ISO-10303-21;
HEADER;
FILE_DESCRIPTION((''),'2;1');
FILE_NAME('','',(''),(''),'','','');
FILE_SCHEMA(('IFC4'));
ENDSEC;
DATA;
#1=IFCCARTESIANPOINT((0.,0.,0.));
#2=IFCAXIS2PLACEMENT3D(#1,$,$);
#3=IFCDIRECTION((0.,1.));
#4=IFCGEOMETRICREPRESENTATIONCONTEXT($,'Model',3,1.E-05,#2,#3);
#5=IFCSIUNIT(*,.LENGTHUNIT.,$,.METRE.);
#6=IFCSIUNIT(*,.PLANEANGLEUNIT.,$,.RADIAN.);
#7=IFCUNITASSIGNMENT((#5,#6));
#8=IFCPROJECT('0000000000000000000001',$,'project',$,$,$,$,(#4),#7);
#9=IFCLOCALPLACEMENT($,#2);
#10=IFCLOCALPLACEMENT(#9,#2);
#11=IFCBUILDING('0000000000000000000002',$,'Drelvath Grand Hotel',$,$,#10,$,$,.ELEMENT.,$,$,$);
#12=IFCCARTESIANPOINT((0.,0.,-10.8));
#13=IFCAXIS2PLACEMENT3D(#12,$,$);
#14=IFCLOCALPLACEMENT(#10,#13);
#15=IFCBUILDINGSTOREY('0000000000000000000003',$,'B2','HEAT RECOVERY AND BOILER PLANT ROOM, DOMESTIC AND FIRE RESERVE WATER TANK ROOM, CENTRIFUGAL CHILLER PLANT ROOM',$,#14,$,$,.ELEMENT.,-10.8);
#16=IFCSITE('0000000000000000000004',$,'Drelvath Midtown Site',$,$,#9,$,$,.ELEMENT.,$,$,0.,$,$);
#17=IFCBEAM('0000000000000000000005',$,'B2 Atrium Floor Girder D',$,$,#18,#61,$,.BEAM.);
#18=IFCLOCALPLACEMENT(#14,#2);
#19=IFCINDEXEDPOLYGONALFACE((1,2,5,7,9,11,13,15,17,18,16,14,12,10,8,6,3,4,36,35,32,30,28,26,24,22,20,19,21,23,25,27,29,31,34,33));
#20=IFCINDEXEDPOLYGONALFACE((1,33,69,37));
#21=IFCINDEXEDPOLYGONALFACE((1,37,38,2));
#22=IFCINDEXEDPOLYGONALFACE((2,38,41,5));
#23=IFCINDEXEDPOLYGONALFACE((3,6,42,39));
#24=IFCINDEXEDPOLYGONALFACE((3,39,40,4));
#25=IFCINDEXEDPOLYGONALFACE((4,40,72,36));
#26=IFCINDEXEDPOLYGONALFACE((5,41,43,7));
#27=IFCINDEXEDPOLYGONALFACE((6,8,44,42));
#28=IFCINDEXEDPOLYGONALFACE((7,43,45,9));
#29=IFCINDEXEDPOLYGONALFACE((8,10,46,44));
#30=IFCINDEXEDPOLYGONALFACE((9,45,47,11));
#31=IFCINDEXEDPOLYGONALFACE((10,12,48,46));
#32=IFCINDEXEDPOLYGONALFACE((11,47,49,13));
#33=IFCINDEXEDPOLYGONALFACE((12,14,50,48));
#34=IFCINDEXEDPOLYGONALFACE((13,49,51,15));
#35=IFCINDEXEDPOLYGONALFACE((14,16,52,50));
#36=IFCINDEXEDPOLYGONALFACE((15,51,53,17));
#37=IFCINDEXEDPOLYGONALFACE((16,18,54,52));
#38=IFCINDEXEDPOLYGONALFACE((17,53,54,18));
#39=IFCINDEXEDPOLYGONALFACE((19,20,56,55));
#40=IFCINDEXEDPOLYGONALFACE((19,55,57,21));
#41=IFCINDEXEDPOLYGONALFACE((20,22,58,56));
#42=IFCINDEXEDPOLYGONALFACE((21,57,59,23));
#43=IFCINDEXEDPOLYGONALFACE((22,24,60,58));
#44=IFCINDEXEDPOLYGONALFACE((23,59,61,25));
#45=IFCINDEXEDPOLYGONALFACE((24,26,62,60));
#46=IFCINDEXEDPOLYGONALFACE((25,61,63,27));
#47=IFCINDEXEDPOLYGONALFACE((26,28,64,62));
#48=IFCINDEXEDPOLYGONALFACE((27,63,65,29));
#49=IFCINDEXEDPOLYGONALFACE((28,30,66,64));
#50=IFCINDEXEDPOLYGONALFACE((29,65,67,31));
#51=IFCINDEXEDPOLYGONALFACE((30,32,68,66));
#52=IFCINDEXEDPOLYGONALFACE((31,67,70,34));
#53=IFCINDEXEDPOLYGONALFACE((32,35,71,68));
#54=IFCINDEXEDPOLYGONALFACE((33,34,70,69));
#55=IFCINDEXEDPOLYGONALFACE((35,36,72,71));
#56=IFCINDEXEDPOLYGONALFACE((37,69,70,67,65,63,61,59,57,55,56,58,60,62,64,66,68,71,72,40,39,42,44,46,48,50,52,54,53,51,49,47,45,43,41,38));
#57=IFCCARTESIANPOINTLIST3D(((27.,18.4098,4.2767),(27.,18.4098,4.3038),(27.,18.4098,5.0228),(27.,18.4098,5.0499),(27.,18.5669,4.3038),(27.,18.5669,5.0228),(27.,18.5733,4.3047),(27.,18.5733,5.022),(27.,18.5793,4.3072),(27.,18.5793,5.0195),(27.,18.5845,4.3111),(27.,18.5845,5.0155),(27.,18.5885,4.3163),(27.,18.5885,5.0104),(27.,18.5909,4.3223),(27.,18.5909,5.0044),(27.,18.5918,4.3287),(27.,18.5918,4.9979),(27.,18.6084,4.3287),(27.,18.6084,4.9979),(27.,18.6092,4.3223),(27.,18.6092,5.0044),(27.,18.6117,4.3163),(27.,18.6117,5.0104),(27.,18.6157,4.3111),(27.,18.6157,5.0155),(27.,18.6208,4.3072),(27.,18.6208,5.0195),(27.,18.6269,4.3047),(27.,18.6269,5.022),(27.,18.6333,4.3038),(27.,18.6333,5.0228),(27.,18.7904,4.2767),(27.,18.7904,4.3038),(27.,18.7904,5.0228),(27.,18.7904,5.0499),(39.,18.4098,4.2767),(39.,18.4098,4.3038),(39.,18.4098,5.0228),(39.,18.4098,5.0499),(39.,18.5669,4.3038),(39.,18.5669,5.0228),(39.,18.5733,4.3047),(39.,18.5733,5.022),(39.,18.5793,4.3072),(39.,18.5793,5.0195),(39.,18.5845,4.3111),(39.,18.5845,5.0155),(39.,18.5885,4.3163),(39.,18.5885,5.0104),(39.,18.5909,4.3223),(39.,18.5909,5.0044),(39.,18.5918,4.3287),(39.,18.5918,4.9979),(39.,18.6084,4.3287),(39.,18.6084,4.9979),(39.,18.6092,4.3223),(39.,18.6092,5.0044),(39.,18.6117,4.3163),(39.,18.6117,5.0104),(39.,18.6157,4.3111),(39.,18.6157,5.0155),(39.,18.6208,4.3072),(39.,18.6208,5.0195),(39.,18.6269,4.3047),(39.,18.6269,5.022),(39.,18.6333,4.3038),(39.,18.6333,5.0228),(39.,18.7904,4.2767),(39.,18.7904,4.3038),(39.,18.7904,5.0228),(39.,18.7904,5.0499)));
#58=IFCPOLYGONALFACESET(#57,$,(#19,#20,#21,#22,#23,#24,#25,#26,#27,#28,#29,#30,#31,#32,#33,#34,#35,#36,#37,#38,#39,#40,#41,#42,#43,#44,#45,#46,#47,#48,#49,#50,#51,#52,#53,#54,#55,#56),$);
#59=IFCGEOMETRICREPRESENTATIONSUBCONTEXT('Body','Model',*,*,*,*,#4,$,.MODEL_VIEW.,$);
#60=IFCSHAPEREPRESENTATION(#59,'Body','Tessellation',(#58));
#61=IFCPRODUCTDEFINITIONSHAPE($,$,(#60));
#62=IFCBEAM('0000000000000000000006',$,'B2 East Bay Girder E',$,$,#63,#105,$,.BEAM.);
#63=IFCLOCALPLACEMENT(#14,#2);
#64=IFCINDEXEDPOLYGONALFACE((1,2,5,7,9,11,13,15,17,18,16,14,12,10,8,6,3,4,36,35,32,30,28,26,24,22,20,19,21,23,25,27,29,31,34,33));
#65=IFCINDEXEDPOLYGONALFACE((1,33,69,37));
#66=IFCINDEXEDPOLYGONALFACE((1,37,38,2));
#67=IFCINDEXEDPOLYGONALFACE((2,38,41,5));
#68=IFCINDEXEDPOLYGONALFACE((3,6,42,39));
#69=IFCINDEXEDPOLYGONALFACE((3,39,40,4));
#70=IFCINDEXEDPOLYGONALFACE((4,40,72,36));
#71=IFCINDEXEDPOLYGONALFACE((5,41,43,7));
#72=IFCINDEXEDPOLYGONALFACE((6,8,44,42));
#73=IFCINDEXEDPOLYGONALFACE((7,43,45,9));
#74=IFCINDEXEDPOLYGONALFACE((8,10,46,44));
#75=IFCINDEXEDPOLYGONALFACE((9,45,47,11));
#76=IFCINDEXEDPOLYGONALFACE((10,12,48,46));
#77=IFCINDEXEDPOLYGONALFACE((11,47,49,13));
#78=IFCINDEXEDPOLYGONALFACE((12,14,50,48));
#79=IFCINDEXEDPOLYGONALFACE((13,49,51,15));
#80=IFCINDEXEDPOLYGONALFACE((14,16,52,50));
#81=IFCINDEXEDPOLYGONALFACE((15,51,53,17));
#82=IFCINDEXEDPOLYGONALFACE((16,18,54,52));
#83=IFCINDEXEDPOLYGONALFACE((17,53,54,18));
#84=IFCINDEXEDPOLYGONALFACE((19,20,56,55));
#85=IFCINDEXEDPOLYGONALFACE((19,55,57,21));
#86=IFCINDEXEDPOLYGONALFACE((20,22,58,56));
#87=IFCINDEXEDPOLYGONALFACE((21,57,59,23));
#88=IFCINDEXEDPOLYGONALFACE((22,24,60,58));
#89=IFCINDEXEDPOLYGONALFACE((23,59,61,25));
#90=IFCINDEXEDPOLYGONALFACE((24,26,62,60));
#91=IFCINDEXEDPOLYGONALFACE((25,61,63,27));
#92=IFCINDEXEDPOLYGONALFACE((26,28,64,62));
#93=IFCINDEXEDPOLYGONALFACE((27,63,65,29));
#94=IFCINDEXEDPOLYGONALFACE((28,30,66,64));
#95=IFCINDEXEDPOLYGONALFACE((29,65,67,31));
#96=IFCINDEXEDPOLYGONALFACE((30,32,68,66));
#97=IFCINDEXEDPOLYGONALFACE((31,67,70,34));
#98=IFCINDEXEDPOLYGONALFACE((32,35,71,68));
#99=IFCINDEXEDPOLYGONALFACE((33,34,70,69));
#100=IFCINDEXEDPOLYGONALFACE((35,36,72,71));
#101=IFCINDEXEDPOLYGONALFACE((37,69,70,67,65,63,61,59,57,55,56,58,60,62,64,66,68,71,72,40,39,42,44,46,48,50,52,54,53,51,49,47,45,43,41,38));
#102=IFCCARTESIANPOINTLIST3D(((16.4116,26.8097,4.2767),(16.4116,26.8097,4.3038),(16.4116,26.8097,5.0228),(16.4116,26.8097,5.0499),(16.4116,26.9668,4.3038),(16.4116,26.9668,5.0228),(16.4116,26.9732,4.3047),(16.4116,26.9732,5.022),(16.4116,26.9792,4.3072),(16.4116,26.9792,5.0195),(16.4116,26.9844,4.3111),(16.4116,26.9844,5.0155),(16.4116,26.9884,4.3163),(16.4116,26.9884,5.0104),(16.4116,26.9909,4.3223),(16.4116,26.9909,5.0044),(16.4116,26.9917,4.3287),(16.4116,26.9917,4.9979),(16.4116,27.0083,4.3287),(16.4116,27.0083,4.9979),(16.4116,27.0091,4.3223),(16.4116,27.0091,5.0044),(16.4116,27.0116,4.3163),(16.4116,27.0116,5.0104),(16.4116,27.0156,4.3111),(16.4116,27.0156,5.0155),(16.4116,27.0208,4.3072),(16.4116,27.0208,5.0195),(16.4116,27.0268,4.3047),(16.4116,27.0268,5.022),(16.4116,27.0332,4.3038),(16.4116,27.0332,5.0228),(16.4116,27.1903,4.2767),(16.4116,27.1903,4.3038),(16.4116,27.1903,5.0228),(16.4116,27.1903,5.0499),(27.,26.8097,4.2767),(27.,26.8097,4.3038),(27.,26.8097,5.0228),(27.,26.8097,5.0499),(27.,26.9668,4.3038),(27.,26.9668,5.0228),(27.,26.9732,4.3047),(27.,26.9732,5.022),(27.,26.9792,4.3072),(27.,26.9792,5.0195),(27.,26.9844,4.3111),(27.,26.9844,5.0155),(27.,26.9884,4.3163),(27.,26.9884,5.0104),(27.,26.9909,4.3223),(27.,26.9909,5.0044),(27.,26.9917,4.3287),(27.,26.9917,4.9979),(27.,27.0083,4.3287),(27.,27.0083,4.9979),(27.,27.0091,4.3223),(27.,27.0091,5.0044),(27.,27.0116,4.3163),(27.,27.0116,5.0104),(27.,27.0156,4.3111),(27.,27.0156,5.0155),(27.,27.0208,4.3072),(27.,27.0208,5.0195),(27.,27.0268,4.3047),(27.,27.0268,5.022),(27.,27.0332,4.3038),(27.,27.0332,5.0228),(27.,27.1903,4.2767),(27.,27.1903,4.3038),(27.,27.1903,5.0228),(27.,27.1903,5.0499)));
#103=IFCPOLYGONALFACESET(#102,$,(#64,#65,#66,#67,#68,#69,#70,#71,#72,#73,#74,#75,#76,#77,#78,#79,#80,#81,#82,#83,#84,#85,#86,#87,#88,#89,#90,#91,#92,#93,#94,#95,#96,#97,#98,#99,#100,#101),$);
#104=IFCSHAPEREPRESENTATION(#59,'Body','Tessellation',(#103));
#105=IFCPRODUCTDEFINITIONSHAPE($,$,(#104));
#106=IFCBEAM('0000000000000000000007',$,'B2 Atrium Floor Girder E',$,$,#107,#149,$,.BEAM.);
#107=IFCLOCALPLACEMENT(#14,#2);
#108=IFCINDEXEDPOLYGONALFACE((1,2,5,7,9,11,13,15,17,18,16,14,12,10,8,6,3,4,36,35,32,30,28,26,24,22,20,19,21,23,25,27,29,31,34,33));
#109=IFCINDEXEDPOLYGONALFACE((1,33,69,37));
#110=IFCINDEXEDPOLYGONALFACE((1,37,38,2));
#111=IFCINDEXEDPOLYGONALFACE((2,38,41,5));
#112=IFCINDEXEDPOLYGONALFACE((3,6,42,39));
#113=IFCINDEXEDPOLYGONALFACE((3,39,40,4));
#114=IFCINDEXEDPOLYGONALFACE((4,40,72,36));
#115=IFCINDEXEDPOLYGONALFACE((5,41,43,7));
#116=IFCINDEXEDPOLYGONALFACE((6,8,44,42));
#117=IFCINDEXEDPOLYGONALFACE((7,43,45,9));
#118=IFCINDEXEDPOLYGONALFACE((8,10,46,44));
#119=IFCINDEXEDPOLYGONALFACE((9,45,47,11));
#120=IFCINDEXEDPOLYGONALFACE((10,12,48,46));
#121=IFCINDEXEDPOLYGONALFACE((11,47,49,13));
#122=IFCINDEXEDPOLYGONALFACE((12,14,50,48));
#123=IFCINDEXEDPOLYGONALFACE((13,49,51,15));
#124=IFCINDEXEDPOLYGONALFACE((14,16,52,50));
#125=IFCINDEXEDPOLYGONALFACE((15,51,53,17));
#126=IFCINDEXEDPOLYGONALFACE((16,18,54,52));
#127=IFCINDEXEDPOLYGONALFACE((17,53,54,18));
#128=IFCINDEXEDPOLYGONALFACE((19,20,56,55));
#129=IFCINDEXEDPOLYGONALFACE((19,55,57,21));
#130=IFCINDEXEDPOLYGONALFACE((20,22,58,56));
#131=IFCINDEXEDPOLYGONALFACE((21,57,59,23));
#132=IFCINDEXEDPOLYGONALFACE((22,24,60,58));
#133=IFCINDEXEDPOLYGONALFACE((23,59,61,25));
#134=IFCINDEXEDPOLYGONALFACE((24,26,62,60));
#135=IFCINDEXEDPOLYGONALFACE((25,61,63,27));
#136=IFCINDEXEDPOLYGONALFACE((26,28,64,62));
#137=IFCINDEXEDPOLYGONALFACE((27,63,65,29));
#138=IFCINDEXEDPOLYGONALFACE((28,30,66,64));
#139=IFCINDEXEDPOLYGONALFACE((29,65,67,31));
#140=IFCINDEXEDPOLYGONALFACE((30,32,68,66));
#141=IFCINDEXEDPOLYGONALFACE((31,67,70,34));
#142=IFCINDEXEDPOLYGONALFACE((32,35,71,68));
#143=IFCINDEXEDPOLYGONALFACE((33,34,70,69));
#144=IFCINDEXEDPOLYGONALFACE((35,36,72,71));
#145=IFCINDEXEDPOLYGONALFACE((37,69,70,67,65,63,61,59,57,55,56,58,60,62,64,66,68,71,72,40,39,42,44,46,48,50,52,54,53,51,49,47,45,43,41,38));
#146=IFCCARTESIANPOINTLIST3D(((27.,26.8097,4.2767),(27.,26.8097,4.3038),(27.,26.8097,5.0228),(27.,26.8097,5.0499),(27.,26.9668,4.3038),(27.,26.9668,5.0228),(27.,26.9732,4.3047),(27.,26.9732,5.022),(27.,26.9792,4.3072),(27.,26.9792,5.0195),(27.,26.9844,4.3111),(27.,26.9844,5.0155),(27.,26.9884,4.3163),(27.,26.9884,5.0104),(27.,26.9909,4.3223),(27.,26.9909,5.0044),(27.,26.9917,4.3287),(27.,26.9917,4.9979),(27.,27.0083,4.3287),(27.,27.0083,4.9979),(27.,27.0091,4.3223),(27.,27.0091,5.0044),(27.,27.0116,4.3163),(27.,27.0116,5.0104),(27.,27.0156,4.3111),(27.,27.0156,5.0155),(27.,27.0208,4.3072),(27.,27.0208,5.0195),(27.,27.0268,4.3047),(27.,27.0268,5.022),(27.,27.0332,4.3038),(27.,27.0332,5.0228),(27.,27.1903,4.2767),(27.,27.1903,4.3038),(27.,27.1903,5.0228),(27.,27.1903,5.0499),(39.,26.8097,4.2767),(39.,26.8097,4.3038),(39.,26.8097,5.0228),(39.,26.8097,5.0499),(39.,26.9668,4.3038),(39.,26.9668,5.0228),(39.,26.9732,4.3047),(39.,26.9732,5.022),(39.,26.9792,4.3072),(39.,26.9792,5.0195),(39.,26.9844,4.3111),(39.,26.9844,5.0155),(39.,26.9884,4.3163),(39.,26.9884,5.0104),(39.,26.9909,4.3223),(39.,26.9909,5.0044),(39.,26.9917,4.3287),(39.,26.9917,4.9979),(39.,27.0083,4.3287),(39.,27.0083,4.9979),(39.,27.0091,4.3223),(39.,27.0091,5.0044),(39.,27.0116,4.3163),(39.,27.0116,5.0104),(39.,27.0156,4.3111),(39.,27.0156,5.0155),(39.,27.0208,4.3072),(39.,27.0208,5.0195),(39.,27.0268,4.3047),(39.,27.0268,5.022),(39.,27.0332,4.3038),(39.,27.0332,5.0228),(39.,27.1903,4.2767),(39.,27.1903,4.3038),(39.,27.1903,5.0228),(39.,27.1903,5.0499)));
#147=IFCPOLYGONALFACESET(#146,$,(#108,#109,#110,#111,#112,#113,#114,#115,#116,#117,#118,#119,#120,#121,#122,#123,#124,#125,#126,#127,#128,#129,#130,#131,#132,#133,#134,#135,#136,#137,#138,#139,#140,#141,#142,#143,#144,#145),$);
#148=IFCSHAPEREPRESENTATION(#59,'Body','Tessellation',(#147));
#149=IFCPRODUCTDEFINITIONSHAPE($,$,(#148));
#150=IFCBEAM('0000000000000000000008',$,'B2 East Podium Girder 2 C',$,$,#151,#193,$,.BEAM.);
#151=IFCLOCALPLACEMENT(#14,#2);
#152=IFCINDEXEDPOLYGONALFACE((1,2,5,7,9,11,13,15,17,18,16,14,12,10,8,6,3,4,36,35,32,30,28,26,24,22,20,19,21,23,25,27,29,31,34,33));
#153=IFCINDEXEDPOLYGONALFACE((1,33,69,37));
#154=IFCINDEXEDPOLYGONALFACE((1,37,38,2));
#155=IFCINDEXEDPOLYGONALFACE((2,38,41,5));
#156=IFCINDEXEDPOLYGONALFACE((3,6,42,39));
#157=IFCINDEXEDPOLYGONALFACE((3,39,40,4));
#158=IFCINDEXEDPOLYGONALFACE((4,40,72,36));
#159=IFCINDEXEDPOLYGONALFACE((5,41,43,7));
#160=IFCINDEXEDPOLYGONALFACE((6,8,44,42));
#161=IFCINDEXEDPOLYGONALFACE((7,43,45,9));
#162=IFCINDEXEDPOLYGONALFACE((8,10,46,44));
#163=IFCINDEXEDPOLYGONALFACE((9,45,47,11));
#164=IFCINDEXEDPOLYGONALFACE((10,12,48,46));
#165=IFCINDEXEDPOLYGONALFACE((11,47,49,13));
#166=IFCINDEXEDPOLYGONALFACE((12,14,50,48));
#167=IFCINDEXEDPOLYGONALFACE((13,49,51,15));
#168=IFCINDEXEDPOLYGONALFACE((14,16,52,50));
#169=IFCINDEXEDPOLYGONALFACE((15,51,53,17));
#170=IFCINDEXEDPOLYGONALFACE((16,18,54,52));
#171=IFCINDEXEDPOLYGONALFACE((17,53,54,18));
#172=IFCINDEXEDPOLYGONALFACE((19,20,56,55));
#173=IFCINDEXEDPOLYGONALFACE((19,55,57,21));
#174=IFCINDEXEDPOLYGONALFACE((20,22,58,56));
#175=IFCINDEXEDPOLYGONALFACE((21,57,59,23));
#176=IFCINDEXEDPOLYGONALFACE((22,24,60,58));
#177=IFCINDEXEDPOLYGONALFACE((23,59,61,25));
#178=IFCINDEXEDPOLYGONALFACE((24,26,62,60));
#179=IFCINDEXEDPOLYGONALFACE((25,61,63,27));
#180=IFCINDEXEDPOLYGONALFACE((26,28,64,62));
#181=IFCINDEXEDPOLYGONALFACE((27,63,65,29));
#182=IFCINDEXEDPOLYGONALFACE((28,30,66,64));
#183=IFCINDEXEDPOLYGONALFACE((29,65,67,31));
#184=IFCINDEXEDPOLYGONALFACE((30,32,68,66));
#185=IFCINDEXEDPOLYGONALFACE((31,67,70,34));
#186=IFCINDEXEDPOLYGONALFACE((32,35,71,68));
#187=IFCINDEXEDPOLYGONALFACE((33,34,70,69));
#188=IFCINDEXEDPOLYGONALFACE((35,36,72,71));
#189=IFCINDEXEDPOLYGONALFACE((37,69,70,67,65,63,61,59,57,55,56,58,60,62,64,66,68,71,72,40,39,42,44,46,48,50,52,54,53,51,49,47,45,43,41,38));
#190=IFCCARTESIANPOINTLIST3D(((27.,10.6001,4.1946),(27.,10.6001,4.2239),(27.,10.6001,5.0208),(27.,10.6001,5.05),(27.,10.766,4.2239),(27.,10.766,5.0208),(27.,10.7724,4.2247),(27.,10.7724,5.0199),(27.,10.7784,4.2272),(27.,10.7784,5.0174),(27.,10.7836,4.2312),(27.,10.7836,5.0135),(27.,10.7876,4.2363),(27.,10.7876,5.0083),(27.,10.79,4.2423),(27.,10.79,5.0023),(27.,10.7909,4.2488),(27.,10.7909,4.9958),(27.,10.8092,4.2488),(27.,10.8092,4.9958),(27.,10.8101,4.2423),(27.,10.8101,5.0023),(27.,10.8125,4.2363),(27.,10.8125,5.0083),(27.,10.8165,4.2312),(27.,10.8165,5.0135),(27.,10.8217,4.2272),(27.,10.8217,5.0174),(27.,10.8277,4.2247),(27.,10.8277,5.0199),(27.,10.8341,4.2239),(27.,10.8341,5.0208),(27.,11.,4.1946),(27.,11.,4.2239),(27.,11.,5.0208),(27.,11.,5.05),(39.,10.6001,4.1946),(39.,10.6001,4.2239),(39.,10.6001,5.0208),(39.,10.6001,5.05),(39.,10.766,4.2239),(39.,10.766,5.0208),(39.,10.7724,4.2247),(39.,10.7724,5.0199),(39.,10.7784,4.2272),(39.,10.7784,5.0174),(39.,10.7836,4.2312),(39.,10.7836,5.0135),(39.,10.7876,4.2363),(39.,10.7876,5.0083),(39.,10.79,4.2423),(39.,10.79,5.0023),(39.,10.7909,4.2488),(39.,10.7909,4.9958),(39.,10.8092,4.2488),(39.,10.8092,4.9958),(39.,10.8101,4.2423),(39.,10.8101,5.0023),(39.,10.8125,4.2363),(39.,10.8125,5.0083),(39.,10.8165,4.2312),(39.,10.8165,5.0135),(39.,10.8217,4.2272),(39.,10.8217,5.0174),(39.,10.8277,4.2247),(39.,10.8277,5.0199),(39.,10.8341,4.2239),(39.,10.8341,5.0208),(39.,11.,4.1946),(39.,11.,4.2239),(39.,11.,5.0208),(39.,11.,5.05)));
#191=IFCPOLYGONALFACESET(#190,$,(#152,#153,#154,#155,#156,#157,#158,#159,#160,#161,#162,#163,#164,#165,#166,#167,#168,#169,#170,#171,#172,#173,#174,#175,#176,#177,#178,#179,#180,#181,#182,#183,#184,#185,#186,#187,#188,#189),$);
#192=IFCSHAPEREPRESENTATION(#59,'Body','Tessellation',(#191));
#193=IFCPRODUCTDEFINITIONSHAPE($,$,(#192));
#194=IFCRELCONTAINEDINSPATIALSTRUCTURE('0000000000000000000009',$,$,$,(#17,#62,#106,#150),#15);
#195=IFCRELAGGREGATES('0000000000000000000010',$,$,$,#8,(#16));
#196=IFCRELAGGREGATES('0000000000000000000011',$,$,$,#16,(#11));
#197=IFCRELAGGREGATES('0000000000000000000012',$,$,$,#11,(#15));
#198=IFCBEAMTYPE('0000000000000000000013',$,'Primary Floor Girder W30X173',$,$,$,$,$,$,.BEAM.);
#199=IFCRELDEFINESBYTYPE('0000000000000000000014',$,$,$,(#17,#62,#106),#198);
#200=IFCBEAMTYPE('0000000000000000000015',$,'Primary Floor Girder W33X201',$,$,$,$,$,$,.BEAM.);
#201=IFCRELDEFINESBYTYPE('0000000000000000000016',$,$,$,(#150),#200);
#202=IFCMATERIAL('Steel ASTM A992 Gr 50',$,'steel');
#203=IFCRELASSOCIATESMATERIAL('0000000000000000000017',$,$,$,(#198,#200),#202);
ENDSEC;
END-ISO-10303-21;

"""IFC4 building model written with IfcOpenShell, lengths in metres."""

from ifc_helpers import new_model, si_unit, direction, frame, origin, origin_2d, place, context, subcontext, project, spatial, i_section, extrude, material, material_profile, profile_set, type_object, element, save


model = new_model("IFC4")

# Units and contexts
model_context = context("Model", 3, precision=1e-05, world=origin(), true_north=direction((0.0, 1.0)))
body_context = subcontext(model_context, "Body", "Model", "MODEL_VIEW")
ifc_project = project(units=[si_unit("LENGTHUNIT", "METRE"), si_unit("PLANEANGLEUNIT", "RADIAN")], contexts=[model_context])

# Site, building, storey
site_placement = place(None, origin())
site = spatial("IfcSite", under=ifc_project, at=site_placement, Name="Drelvath Midtown Site", CompositionType="ELEMENT", RefElevation=0.0)
building_placement = place(site_placement, origin())
building = spatial("IfcBuilding", under=site, at=building_placement, Name="Drelvath Grand Hotel", CompositionType="ELEMENT")
storey_placement = place(building_placement, frame((0.0, 0.0, -10.8)))
storey = spatial("IfcBuildingStorey", under=building, at=storey_placement, Name="B2", Description="HEAT RECOVERY AND BOILER PLANT ROOM, DOMESTIC AND FIRE RESERVE WATER TANK ROOM, CENTRIFUGAL CHILLER PLANT ROOM", CompositionType="ELEMENT", Elevation=-10.8)

# Beams
ifc_material_1 = material(Name="Steel ASTM A992 Gr 50", Category="steel")
ifc_material_profile_1 = material_profile(ifc_material_1, i_section(OverallWidth=0.3806, OverallDepth=0.7732, WebThickness=0.0166, FlangeThickness=0.0271, FilletRadius=0.0249, at=origin_2d()), Name="W30X173")
ifc_profile_set_1 = profile_set([ifc_material_profile_1], Name="Steel ASTM A992 Gr 50")
beam_type_1 = type_object("IfcBeamType", Name="Primary Floor Girder W30X173", PredefinedType="BEAM", material=ifc_profile_set_1)
beam_1_placement = place(storey_placement, frame((27.0, 18.6001, 4.6633), z_axis=(1.0, 0.0, 0.0), x_axis=(0.0, 1.0, 0.0)))
element("IfcBeam", 1, at=beam_1_placement, inside=storey, type_object=beam_type_1, Name="B2 Atrium Floor Girder D", PredefinedType="BEAM", context=body_context, shape_type="SweptSolid", body=[
    extrude(i_section(OverallWidth=0.3806, OverallDepth=0.7732, WebThickness=0.0166, FlangeThickness=0.0271, FilletRadius=0.0249, at=origin_2d()), origin(), (0.0, 0.0, 1.0), 12.0),
])
beam_2_placement = place(storey_placement, frame((16.4116, 27.0, 4.6633), z_axis=(1.0, 0.0, 0.0), x_axis=(0.0, 1.0, 0.0)))
element("IfcBeam", 2, at=beam_2_placement, inside=storey, type_object=beam_type_1, Name="B2 East Bay Girder E", PredefinedType="BEAM", context=body_context, shape_type="SweptSolid", body=[
    extrude(i_section(OverallWidth=0.3806, OverallDepth=0.7732, WebThickness=0.0166, FlangeThickness=0.0271, FilletRadius=0.0249, at=origin_2d()), origin(), (0.0, 0.0, 1.0), 10.5884),
])
beam_3_placement = place(storey_placement, frame((27.0, 27.0, 4.6633), z_axis=(1.0, 0.0, 0.0), x_axis=(0.0, 1.0, 0.0)))
element("IfcBeam", 3, at=beam_3_placement, inside=storey, type_object=beam_type_1, Name="B2 Atrium Floor Girder E", PredefinedType="BEAM", context=body_context, shape_type="SweptSolid", body=[
    extrude(i_section(OverallWidth=0.3806, OverallDepth=0.7732, WebThickness=0.0166, FlangeThickness=0.0271, FilletRadius=0.0249, at=origin_2d()), origin(), (0.0, 0.0, 1.0), 12.0),
])
ifc_material_profile_2 = material_profile(ifc_material_1, i_section(OverallWidth=0.3999, OverallDepth=0.8555, WebThickness=0.0183, FlangeThickness=0.0293, FilletRadius=0.0249, at=origin_2d()), Name="W33X201")
ifc_profile_set_2 = profile_set([ifc_material_profile_2], Name="Steel ASTM A992 Gr 50")
beam_type_2 = type_object("IfcBeamType", Name="Primary Floor Girder W33X201", PredefinedType="BEAM", material=ifc_profile_set_2)
beam_4_placement = place(storey_placement, frame((27.0, 10.8, 4.6223), z_axis=(1.0, 0.0, 0.0), x_axis=(0.0, 1.0, 0.0)))
element("IfcBeam", 4, at=beam_4_placement, inside=storey, type_object=beam_type_2, Name="B2 East Podium Girder 2 C", PredefinedType="BEAM", context=body_context, shape_type="SweptSolid", body=[
    extrude(i_section(OverallWidth=0.3999, OverallDepth=0.8555, WebThickness=0.0183, FlangeThickness=0.0293, FilletRadius=0.0249, at=origin_2d()), origin(), (0.0, 0.0, 1.0), 12.0),
])

save(model, "model.ifc")
